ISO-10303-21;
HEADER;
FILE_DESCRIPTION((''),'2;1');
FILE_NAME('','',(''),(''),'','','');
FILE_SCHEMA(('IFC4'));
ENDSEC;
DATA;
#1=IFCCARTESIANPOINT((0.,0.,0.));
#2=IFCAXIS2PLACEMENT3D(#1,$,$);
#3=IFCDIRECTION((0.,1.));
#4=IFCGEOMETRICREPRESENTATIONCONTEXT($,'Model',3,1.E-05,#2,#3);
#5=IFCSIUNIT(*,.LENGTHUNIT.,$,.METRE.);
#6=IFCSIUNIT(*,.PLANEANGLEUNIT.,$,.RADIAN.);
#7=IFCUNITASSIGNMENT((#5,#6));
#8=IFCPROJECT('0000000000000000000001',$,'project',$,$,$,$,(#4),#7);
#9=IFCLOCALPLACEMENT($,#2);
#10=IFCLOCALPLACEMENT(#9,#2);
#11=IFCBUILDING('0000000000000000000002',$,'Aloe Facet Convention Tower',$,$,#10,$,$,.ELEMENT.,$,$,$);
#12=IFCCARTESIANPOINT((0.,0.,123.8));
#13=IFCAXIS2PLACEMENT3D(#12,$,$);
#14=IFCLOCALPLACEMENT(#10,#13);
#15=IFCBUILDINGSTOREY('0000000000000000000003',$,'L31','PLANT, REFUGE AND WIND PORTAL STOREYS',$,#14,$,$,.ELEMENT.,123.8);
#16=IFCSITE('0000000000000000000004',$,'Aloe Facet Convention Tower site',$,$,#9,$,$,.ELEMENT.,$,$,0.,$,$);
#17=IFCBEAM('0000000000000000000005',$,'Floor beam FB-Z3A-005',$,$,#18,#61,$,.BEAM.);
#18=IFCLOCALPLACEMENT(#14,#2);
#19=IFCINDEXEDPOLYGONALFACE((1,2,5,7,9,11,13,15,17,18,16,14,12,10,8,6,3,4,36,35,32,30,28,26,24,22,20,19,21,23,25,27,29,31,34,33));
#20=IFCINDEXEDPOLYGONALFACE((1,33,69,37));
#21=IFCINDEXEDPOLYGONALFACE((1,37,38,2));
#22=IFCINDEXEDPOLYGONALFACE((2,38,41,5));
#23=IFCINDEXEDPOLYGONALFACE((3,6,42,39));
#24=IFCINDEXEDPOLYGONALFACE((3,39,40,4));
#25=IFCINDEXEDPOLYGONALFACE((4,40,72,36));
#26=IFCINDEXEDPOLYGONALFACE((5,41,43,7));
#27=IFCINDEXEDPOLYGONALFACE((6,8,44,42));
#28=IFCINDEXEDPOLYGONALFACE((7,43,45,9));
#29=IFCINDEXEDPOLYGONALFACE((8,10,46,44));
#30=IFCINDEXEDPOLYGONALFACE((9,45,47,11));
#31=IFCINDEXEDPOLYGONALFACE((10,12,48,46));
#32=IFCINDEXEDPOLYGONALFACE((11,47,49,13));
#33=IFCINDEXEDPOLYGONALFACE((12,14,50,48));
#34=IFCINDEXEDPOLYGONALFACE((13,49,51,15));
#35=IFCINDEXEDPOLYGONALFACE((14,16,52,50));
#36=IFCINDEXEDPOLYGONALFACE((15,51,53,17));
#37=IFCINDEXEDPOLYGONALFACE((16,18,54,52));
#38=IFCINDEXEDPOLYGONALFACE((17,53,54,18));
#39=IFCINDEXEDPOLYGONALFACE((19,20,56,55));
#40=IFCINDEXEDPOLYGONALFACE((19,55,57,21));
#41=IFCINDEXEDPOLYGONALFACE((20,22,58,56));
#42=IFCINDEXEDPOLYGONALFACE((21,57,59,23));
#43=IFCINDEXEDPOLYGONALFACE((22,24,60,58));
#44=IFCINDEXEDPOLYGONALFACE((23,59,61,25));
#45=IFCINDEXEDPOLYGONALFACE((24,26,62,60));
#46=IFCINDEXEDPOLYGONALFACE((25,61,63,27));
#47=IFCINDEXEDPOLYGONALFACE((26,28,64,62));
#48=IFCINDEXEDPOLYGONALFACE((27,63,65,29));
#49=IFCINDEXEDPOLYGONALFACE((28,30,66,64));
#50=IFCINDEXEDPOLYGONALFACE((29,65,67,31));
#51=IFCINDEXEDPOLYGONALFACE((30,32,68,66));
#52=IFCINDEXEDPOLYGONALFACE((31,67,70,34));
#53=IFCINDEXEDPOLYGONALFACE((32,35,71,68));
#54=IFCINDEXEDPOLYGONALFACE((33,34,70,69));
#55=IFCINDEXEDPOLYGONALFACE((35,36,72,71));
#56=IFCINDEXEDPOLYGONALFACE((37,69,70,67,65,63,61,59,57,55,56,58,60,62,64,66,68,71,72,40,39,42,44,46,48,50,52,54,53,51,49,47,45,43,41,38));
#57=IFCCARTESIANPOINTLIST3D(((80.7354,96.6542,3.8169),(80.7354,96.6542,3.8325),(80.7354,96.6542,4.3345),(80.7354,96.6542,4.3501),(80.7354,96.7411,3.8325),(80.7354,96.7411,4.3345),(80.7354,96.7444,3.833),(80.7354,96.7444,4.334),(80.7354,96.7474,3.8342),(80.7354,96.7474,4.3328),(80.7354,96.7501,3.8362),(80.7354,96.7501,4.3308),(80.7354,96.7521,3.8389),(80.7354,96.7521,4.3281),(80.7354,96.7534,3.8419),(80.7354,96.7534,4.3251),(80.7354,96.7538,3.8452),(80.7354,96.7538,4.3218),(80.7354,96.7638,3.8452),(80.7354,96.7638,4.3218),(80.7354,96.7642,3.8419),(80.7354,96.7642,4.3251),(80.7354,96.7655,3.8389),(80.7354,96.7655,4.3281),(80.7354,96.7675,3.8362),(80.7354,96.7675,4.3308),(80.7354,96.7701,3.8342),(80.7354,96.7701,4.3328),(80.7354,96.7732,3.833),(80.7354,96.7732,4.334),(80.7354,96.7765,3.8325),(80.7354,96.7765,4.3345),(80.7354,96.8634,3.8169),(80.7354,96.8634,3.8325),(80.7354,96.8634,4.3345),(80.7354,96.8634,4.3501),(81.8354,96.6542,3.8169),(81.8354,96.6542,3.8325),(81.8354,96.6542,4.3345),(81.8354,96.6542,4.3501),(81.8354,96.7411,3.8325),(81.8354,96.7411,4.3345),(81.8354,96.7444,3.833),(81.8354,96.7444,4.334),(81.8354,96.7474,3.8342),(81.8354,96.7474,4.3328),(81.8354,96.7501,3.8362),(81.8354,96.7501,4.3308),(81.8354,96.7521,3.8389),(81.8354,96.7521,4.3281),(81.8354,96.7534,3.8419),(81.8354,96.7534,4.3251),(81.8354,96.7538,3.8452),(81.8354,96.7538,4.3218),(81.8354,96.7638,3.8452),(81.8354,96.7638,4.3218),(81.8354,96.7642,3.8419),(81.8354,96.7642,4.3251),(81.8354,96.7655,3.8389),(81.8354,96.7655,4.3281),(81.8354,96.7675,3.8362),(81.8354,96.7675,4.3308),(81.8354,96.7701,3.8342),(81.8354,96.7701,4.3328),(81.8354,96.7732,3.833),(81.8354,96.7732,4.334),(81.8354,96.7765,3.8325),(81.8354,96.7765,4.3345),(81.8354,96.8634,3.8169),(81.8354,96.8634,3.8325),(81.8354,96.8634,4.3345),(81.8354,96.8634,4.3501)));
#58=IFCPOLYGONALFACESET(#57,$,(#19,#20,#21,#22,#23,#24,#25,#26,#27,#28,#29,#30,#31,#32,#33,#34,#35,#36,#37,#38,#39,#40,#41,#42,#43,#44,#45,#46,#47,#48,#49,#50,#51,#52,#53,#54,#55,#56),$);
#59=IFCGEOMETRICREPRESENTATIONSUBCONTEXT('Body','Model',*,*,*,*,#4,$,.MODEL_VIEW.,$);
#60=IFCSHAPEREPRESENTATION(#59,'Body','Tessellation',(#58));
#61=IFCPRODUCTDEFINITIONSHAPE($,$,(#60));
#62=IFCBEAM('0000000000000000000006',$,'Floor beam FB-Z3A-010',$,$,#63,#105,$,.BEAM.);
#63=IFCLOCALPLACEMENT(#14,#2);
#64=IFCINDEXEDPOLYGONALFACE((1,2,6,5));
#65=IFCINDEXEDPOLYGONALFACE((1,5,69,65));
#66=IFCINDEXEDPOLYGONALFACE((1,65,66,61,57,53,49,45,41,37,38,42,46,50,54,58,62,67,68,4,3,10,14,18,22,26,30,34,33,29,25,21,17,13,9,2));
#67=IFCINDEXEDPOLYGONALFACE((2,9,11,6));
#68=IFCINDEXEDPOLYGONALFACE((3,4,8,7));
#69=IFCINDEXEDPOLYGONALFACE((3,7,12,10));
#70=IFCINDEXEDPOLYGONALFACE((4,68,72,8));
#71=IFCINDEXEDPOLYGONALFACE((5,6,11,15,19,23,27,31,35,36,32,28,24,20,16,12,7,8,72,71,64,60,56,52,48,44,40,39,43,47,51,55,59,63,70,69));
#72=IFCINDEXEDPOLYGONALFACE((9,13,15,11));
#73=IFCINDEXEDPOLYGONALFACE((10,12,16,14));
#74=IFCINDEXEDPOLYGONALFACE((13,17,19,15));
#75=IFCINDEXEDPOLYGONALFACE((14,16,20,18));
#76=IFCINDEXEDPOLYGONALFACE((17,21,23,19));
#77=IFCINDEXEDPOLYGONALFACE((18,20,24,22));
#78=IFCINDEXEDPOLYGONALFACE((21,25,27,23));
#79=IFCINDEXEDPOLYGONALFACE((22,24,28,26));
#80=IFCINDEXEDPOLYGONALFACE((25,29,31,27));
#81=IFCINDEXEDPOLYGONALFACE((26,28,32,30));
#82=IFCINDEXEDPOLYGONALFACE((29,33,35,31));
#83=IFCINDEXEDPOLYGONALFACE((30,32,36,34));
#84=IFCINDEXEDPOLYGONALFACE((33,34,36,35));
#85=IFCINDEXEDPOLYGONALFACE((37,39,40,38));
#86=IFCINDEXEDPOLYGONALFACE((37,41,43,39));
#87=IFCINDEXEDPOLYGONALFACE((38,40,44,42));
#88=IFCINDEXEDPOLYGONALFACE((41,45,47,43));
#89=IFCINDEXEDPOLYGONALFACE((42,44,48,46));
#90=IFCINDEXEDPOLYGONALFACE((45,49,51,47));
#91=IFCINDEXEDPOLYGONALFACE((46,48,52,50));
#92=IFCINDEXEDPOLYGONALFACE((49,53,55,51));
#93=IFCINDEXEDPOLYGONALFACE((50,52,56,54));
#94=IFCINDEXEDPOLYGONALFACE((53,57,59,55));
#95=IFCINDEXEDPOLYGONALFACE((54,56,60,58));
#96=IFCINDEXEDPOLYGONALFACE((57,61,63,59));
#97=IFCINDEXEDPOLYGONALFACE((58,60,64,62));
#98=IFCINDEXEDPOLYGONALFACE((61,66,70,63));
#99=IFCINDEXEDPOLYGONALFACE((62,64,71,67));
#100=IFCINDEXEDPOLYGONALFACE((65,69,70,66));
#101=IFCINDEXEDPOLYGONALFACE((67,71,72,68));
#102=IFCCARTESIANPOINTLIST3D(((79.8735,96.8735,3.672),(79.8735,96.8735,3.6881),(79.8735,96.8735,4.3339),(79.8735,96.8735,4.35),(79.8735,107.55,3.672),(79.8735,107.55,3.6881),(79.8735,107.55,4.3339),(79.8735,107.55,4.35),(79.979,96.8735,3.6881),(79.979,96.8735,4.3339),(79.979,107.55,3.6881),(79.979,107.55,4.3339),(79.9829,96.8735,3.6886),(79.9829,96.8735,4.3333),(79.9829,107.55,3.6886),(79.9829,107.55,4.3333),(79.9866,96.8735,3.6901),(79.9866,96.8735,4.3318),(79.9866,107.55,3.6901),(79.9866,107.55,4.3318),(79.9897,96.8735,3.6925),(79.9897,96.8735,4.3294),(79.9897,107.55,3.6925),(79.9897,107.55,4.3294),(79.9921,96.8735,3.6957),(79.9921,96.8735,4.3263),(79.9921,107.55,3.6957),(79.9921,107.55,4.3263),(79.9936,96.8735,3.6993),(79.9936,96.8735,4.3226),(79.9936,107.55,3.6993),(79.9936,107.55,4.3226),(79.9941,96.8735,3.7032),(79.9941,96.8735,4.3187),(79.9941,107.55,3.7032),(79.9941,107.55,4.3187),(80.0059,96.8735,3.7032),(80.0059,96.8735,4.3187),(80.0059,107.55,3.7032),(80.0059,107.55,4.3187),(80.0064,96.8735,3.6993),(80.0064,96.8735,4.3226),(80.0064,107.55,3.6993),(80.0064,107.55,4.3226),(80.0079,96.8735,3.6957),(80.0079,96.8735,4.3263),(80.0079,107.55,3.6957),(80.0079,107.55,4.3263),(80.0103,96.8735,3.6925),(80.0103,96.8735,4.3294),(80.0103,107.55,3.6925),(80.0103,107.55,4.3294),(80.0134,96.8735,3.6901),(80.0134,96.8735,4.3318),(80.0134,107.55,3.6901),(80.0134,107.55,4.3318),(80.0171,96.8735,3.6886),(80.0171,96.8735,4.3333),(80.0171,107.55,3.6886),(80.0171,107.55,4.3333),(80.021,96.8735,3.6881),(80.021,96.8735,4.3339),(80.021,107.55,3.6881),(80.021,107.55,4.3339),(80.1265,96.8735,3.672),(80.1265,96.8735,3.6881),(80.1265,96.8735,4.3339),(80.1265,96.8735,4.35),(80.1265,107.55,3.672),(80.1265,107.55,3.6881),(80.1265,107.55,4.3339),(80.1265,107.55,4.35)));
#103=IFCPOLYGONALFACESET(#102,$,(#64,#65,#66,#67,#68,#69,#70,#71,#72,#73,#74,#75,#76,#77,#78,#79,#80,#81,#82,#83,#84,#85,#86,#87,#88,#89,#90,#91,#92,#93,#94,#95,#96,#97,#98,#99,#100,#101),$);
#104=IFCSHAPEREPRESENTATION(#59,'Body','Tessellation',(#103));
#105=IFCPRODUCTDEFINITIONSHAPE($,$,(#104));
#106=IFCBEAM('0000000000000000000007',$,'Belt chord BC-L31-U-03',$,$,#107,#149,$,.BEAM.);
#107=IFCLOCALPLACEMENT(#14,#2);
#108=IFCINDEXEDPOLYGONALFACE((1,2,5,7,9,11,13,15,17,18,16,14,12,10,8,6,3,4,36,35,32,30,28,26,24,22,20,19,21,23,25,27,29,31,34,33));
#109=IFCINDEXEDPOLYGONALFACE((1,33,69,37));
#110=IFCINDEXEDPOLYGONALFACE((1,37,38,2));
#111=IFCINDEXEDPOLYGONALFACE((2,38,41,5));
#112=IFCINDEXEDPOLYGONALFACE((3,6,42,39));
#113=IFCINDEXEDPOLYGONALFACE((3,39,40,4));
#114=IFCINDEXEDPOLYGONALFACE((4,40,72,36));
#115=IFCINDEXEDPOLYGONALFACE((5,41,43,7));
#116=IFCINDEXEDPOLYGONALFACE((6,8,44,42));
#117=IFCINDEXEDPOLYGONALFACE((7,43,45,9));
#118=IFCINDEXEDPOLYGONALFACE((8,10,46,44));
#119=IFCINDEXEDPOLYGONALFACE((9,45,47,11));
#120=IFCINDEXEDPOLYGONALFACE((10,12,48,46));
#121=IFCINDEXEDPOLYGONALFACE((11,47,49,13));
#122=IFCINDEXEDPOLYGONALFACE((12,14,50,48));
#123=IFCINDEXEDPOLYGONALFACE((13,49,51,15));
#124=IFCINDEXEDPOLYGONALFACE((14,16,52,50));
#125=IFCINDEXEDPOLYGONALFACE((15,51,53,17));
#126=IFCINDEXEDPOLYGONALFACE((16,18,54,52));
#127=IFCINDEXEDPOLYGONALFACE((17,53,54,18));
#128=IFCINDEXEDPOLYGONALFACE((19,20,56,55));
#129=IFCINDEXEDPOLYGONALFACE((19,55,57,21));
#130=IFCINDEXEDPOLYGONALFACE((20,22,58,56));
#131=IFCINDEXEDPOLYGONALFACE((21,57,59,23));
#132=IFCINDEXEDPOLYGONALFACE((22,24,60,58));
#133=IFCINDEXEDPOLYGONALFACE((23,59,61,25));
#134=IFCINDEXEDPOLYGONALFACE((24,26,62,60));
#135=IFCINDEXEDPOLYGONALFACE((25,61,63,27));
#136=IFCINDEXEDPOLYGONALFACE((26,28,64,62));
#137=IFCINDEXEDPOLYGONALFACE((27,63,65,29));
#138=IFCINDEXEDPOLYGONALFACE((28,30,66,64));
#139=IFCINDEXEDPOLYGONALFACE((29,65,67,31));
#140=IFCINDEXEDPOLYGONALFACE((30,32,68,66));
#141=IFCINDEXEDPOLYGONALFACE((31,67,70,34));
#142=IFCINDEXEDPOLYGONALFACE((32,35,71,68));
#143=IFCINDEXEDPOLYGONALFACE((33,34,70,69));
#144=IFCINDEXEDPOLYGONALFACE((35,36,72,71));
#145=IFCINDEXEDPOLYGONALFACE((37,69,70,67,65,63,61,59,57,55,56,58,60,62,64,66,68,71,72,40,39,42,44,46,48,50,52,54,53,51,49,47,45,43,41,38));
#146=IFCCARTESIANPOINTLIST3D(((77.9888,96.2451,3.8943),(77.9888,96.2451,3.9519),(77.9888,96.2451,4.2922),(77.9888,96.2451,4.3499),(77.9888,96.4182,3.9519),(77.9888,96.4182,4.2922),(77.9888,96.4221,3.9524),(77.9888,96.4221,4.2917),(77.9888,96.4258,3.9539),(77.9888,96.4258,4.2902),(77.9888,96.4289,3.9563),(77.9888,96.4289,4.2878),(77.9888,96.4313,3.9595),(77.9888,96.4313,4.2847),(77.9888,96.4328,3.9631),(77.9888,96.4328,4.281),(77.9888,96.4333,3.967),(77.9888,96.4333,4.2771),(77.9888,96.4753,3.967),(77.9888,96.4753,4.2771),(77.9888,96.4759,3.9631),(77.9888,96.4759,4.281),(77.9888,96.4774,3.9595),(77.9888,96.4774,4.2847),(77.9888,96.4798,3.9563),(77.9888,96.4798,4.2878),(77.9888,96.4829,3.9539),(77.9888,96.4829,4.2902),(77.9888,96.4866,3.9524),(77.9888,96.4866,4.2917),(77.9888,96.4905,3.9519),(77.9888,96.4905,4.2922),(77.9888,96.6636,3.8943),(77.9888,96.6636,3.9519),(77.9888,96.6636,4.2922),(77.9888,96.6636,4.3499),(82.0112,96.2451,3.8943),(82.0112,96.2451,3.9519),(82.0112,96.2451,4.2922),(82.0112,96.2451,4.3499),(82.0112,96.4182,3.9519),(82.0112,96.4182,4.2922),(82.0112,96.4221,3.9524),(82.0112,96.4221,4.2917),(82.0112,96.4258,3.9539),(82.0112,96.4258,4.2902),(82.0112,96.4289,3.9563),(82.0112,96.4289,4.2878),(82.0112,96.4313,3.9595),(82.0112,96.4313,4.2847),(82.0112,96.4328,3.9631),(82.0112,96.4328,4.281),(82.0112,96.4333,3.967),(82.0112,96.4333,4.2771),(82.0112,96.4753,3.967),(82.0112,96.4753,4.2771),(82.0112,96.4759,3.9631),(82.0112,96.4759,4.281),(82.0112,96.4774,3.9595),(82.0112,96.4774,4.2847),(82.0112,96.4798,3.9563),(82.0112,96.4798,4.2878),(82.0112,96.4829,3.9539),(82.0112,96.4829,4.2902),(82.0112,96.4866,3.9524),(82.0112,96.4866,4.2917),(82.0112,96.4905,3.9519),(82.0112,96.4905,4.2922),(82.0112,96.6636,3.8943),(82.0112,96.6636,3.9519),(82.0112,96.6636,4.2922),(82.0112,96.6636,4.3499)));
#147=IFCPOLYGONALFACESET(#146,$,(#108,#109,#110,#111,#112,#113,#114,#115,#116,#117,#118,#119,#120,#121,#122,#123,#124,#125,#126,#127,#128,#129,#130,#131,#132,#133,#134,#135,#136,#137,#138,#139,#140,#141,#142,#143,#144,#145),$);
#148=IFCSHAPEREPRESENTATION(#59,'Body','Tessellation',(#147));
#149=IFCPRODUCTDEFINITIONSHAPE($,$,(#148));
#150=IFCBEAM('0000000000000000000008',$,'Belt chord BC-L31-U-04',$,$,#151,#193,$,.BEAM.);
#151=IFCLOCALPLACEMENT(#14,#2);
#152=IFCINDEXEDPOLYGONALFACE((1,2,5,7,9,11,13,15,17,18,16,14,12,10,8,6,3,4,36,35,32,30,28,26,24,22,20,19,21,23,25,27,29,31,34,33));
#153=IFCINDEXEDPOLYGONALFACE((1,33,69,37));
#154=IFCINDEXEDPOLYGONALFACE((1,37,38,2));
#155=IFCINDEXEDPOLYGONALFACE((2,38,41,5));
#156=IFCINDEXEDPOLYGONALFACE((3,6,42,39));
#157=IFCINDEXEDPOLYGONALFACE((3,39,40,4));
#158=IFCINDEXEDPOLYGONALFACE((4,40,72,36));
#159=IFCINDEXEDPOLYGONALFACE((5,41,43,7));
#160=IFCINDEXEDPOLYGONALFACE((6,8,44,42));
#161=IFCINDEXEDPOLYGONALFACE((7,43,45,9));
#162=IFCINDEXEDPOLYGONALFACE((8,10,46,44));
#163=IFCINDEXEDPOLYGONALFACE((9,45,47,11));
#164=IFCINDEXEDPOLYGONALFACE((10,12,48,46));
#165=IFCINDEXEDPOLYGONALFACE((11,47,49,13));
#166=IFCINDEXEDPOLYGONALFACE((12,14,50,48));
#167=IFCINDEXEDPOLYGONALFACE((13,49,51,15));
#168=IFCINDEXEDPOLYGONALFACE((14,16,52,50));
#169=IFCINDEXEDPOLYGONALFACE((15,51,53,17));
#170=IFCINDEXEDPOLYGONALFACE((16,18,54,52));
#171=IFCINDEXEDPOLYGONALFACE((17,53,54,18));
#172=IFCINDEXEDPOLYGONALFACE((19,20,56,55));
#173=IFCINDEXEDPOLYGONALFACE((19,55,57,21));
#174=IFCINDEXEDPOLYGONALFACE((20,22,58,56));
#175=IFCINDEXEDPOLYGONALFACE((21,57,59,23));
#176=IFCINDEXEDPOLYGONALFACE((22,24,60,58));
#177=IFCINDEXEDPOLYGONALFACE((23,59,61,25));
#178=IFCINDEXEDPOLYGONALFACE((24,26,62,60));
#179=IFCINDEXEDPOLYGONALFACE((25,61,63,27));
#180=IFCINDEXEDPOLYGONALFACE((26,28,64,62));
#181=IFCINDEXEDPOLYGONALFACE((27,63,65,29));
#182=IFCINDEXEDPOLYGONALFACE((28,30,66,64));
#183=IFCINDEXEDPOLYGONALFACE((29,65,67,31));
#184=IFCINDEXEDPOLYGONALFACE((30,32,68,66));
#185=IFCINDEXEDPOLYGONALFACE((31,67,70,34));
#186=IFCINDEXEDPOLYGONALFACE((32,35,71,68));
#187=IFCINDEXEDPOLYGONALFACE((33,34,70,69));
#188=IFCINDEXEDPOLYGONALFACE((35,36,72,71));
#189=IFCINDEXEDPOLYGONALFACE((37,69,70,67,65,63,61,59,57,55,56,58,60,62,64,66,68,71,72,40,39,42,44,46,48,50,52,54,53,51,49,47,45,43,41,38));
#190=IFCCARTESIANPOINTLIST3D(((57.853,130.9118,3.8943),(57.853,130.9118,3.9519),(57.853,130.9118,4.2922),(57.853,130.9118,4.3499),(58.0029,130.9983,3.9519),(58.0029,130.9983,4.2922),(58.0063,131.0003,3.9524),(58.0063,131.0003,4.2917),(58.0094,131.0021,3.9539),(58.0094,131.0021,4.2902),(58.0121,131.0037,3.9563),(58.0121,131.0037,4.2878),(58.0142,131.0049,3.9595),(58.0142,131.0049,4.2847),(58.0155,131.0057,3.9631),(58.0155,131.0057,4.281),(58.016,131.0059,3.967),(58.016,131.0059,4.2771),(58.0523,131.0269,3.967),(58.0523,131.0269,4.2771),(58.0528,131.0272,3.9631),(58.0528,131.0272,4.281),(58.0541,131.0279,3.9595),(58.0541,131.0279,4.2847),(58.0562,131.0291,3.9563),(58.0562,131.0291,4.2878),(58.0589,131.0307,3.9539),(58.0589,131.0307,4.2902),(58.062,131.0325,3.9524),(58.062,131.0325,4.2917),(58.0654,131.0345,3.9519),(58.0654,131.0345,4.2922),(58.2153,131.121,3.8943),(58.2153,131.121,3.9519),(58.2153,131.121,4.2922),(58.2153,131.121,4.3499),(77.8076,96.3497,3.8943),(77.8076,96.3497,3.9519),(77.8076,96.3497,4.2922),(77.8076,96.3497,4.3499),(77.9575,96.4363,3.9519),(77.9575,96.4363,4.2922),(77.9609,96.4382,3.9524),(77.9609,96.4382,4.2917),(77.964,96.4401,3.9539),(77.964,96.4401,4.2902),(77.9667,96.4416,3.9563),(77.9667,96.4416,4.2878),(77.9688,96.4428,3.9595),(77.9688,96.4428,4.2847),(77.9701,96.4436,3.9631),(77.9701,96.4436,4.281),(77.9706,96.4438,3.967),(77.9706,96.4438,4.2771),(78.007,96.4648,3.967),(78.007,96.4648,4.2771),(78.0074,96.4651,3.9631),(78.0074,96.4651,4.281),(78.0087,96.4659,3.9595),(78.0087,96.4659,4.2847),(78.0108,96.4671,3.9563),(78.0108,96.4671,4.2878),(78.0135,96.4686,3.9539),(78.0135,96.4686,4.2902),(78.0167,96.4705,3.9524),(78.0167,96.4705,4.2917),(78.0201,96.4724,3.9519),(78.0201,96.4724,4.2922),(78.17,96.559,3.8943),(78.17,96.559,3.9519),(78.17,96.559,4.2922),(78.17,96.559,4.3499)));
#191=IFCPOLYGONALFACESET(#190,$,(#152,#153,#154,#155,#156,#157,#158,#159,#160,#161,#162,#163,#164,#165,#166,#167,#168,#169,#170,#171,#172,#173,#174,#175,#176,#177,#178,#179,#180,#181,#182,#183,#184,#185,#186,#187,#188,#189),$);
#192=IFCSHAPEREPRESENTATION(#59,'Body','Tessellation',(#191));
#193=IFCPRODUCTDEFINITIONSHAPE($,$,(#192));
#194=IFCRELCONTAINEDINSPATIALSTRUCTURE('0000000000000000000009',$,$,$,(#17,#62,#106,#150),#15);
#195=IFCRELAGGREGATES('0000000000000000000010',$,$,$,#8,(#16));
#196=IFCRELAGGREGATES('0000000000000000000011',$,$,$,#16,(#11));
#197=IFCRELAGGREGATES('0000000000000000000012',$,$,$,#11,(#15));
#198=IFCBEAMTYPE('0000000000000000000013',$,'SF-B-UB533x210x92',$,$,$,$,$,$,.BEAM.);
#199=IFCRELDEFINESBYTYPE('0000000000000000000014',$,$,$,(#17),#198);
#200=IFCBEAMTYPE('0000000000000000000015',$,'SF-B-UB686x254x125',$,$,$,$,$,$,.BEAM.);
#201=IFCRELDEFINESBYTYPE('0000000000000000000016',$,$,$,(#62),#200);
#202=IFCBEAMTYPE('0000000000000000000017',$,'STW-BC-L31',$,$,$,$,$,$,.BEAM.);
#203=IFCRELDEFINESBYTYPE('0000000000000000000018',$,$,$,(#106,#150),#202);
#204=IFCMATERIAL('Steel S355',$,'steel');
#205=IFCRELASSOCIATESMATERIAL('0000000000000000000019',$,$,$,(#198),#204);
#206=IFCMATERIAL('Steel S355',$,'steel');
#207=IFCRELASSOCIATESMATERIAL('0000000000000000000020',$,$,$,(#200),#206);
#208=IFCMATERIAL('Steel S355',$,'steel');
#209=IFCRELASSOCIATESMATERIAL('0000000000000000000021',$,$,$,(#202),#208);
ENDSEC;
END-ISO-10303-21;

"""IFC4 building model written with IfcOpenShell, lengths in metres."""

from ifc_helpers import new_model, si_unit, direction, frame, origin, origin_2d, place, context, subcontext, project, spatial, i_section, extrude, material, material_profile, profile_set, type_object, element, save


model = new_model("IFC4")

# Units and contexts
model_context = context("Model", 3, precision=1e-05, world=origin(), true_north=direction((0.0, 1.0)))
body_context = subcontext(model_context, "Body", "Model", "MODEL_VIEW")
ifc_project = project(units=[si_unit("LENGTHUNIT", "METRE"), si_unit("PLANEANGLEUNIT", "RADIAN")], contexts=[model_context])

# Site, building, storey
site_placement = place(None, origin())
site = spatial("IfcSite", under=ifc_project, at=site_placement, Name="Aloe Facet Convention Tower site", CompositionType="ELEMENT", RefElevation=0.0)
building_placement = place(site_placement, origin())
building = spatial("IfcBuilding", under=site, at=building_placement, Name="Aloe Facet Convention Tower", CompositionType="ELEMENT")
storey_placement = place(building_placement, frame((0.0, 0.0, 123.8)))
storey = spatial("IfcBuildingStorey", under=building, at=storey_placement, Name="L31", Description="PLANT, REFUGE AND WIND PORTAL STOREYS", CompositionType="ELEMENT", Elevation=123.8)

# Beams
ifc_material_1 = material(Name="Steel S355", Category="steel")
ifc_material_profile_1 = material_profile(ifc_material_1, i_section(OverallWidth=0.2092, OverallDepth=0.5332, WebThickness=0.01, FlangeThickness=0.0156, FilletRadius=0.0127, at=origin_2d()), Name="UB 533x210x92")
ifc_profile_set_1 = profile_set([ifc_material_profile_1], Name="Steel S355")
beam_type_1 = type_object("IfcBeamType", Name="SF-B-UB533x210x92", PredefinedType="BEAM", material=ifc_profile_set_1)
for number, where, z_axis, x_axis, name in (
    (1, (81.8354, 96.7588, 4.0835), (-1.0, 0.0, 0.0), (0.0, -1.0, 0.0), "Floor beam FB-Z3A-005"),
):
    element("IfcBeam", number, at=place(storey_placement, frame(where, z_axis=z_axis, x_axis=x_axis)), inside=storey, type_object=beam_type_1, Name=name, PredefinedType="BEAM", context=body_context, shape_type="SweptSolid", body=[
        extrude(i_section(OverallWidth=0.2092, OverallDepth=0.5332, WebThickness=0.01, FlangeThickness=0.0156, FilletRadius=0.0127, at=origin_2d()), origin(), (0.0, 0.0, 1.0), 1.1001),
    ])
ifc_material_2 = material(Name="Steel S355", Category="steel")
ifc_material_profile_2 = material_profile(ifc_material_2, i_section(OverallWidth=0.2529, OverallDepth=0.678, WebThickness=0.0117, FlangeThickness=0.0161, FilletRadius=0.0151, at=origin_2d()), Name="UB 686x254x125")
ifc_profile_set_2 = profile_set([ifc_material_profile_2], Name="Steel S355")
beam_type_2 = type_object("IfcBeamType", Name="SF-B-UB686x254x125", PredefinedType="BEAM", material=ifc_profile_set_2)
beam_1_placement = place(storey_placement, frame((80.0, 107.55, 4.011), z_axis=(0.0, -1.0, 0.0), x_axis=(1.0, 0.0, 0.0)))
element("IfcBeam", 2, at=beam_1_placement, inside=storey, type_object=beam_type_2, Name="Floor beam FB-Z3A-010", PredefinedType="BEAM", context=body_context, shape_type="SweptSolid", body=[
    extrude(i_section(OverallWidth=0.2529, OverallDepth=0.678, WebThickness=0.0117, FlangeThickness=0.0161, FilletRadius=0.0151, at=origin_2d()), origin(), (0.0, 0.0, 1.0), 10.6765),
])
ifc_material_3 = material(Name="Steel S355", Category="steel")
ifc_material_profile_3 = material_profile(ifc_material_3, i_section(OverallWidth=0.4185, OverallDepth=0.4556, WebThickness=0.042, FlangeThickness=0.0576, FilletRadius=0.0151, at=origin_2d()), Name="UC 356x406x551")
ifc_profile_set_3 = profile_set([ifc_material_profile_3], Name="Steel S355")
beam_type_3 = type_object("IfcBeamType", Name="STW-BC-L31", PredefinedType="BEAM", material=ifc_profile_set_3)
beam_2_placement = place(storey_placement, frame((82.0112, 96.4543, 4.1221), z_axis=(-1.0, 0.0, 0.0), x_axis=(0.0, -1.0, 0.0)))
element("IfcBeam", 3, at=beam_2_placement, inside=storey, type_object=beam_type_3, Name="Belt chord BC-L31-U-03", PredefinedType="BEAM", context=body_context, shape_type="SweptSolid", body=[
    extrude(i_section(OverallWidth=0.4185, OverallDepth=0.4556, WebThickness=0.042, FlangeThickness=0.0576, FilletRadius=0.0151, at=origin_2d()), origin(), (0.0, 0.0, 1.0), 4.0225),
])
beam_3_placement = place(storey_placement, frame((77.9888, 96.4543, 4.1221), z_axis=(-0.500004, 0.866023, 0.0), x_axis=(-0.866023, -0.500004, 0.0)))
element("IfcBeam", 4, at=beam_3_placement, inside=storey, type_object=beam_type_3, Name="Belt chord BC-L31-U-04", PredefinedType="BEAM", context=body_context, shape_type="SweptSolid", body=[
    extrude(i_section(OverallWidth=0.4185, OverallDepth=0.4556, WebThickness=0.042, FlangeThickness=0.0576, FilletRadius=0.0151, at=origin_2d()), origin(), (0.0, 0.0, 1.0), 39.9089),
])

save(model, "model.ifc")
